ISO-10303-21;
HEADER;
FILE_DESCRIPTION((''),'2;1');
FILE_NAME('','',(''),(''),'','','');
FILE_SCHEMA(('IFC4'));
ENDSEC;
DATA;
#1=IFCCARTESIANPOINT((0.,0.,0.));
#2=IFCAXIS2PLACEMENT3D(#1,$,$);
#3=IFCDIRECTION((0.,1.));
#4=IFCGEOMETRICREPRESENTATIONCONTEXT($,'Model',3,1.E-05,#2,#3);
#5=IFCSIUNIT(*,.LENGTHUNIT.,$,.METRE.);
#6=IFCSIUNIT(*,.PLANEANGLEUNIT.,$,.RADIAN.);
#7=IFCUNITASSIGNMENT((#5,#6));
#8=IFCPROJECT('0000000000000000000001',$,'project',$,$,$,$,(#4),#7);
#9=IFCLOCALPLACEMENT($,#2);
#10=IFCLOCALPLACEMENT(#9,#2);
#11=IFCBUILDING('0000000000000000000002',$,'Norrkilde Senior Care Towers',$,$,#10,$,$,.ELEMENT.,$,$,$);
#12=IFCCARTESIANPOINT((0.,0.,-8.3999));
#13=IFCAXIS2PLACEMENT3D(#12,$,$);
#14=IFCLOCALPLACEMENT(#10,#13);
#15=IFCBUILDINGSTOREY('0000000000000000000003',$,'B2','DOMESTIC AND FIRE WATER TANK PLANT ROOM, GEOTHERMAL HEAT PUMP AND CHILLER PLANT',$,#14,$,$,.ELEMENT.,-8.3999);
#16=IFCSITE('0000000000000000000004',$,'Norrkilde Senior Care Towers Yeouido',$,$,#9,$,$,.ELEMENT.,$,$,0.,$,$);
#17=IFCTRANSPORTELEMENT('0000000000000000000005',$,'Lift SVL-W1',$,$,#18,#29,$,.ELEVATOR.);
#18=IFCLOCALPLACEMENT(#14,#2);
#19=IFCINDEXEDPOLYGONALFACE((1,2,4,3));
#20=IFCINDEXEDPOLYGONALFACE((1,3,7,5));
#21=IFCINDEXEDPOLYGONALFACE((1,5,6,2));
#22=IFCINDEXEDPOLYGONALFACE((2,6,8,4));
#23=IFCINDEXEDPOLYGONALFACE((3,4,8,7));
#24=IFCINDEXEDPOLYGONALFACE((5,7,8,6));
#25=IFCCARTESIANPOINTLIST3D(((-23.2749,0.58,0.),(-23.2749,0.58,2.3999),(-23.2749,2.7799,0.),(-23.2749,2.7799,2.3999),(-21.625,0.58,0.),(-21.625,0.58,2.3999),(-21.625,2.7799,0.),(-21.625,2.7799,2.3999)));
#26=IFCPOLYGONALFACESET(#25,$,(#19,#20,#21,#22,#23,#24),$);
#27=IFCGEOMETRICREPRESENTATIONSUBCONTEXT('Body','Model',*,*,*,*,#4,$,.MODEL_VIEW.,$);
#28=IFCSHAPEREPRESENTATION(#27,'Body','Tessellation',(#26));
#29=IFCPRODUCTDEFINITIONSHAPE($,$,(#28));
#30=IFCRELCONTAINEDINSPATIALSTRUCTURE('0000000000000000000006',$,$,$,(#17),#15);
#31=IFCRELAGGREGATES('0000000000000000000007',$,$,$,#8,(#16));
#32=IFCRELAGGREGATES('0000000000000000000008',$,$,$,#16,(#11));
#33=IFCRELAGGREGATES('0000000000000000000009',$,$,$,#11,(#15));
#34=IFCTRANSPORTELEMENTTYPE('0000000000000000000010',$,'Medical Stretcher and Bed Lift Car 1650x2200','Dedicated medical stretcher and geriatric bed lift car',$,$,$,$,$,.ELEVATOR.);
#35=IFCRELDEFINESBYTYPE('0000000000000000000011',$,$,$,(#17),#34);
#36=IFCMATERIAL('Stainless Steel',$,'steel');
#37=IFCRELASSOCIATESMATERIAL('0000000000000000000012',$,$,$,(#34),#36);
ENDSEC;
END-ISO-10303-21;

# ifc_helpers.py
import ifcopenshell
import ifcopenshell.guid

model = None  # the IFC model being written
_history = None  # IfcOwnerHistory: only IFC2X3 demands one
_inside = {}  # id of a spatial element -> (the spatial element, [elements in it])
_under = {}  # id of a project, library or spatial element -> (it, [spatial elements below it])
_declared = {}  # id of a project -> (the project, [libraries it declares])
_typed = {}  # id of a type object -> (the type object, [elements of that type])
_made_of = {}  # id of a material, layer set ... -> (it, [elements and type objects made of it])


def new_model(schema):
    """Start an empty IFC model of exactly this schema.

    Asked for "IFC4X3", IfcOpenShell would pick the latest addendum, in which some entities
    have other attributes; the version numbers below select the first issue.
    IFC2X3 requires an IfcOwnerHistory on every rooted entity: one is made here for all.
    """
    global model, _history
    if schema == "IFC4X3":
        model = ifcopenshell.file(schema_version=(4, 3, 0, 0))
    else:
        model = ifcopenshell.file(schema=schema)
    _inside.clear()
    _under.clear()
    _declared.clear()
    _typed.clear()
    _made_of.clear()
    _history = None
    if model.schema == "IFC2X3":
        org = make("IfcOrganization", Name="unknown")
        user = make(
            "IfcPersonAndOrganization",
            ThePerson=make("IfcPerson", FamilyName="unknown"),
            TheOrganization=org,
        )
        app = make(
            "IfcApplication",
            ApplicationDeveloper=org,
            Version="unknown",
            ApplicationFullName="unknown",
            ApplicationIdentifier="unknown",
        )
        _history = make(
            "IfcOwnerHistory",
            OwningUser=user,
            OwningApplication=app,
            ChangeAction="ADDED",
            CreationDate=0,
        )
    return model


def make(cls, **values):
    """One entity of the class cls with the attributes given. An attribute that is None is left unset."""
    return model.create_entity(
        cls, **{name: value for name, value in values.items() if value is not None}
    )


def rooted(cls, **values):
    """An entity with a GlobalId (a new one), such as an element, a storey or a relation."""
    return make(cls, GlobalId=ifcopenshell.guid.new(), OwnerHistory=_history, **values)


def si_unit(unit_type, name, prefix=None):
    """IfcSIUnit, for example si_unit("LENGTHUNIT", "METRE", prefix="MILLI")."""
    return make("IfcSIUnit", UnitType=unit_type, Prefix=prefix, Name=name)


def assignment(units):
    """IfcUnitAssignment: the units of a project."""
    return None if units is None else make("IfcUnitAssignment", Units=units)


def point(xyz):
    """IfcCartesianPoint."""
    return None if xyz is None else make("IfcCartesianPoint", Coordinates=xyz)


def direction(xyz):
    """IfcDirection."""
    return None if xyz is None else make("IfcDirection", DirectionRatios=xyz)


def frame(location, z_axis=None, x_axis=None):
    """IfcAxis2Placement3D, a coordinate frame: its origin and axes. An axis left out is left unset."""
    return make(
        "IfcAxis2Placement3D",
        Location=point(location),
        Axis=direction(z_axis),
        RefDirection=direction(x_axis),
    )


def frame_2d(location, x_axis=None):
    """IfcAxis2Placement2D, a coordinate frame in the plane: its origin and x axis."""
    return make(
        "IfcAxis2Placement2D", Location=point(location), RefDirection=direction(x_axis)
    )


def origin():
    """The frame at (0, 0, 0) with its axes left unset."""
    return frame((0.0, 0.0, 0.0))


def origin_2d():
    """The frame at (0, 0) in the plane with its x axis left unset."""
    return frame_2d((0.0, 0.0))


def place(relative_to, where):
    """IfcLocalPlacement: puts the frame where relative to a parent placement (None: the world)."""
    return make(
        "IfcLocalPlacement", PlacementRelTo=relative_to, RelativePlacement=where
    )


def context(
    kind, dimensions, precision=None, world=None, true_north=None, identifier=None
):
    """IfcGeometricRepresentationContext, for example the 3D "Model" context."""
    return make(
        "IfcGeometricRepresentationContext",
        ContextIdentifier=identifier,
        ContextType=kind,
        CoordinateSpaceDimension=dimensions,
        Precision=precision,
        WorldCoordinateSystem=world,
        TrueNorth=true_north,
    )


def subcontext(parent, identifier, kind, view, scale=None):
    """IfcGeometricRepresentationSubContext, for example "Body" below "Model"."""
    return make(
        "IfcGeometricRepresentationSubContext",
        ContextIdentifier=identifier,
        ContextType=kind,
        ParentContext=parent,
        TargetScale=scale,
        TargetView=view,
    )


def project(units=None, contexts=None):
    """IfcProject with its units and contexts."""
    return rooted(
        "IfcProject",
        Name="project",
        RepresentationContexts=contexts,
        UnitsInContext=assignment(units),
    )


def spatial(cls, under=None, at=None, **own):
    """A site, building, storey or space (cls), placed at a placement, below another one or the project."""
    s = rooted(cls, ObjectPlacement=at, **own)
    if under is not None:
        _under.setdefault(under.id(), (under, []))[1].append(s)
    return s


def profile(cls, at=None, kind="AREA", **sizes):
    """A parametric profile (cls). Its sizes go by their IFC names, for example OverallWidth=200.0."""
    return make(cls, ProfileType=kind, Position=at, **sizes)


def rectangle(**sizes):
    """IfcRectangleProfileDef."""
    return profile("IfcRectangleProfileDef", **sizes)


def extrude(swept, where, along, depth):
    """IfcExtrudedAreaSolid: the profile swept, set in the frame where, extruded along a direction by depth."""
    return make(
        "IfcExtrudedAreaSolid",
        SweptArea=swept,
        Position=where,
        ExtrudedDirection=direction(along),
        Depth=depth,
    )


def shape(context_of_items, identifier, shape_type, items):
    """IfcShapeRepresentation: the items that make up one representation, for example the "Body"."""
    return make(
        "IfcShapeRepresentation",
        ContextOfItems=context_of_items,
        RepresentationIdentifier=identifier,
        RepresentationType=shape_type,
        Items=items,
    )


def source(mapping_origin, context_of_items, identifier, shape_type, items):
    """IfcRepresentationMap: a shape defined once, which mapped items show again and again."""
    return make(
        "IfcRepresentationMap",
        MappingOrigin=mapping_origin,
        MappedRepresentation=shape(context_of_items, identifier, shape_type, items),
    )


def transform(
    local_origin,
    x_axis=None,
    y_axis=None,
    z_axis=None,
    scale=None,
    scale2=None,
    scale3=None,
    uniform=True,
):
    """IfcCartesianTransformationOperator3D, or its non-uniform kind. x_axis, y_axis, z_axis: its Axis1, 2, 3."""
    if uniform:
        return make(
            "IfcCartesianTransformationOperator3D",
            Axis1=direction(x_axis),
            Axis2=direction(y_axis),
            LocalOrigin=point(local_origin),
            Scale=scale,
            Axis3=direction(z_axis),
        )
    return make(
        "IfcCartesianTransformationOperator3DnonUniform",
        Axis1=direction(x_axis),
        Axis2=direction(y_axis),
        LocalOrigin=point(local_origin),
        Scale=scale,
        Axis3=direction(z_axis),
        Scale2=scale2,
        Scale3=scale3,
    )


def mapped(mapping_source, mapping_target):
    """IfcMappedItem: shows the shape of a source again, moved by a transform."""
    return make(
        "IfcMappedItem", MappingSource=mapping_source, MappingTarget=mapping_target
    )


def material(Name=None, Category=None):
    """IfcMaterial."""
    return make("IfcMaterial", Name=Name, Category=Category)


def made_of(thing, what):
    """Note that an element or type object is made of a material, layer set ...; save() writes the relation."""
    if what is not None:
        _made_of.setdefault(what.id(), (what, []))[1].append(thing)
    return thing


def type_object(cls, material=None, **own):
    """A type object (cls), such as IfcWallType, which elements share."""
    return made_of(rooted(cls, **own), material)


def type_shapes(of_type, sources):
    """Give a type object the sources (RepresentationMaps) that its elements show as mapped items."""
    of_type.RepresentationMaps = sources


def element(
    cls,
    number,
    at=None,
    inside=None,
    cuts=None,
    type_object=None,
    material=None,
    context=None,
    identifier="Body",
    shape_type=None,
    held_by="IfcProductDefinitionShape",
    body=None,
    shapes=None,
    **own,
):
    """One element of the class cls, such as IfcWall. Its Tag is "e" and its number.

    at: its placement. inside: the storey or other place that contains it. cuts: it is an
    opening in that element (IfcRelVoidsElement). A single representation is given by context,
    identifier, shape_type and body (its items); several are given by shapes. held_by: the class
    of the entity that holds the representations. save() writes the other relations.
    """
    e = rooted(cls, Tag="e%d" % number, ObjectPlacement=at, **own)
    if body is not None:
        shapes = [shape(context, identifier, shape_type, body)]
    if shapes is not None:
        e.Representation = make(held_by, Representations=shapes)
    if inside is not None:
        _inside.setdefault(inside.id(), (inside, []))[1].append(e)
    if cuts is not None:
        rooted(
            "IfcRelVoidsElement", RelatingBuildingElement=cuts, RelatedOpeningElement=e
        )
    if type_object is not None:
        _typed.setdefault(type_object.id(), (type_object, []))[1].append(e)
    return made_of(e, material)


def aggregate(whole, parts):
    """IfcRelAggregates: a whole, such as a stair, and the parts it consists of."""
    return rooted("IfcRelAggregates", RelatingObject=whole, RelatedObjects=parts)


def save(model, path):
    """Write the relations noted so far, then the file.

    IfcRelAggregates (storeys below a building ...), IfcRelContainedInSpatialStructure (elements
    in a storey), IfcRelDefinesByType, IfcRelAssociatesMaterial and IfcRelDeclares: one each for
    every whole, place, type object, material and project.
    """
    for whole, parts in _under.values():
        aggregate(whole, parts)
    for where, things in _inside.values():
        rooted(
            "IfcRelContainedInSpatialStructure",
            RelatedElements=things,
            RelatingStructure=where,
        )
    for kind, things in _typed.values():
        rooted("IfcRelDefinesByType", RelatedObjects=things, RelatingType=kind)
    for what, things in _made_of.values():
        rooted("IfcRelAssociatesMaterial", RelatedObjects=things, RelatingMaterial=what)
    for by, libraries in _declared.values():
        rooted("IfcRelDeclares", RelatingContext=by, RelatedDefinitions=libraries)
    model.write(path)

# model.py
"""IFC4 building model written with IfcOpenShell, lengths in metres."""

from ifc_helpers import new_model, si_unit, direction, frame, origin, origin_2d, place, context, subcontext, project, spatial, rectangle, extrude, source, transform, mapped, material, type_object, type_shapes, element, save


model = new_model("IFC4")

# Units and contexts
model_context = context("Model", 3, precision=1e-05, world=origin(), true_north=direction((0.0, 1.0)))
body_context = subcontext(model_context, "Body", "Model", "MODEL_VIEW")
ifc_project = project(units=[si_unit("LENGTHUNIT", "METRE"), si_unit("PLANEANGLEUNIT", "RADIAN")], contexts=[model_context])

# Site, building, storey
site_placement = place(None, origin())
site = spatial("IfcSite", under=ifc_project, at=site_placement, Name="Norrkilde Senior Care Towers Yeouido", CompositionType="ELEMENT", RefElevation=0.0)
building_placement = place(site_placement, origin())
building = spatial("IfcBuilding", under=site, at=building_placement, Name="Norrkilde Senior Care Towers", CompositionType="ELEMENT")
storey_placement = place(building_placement, frame((0.0, 0.0, -8.3999)))
storey = spatial("IfcBuildingStorey", under=building, at=storey_placement, Name="B2", Description="DOMESTIC AND FIRE WATER TANK PLANT ROOM, GEOTHERMAL HEAT PUMP AND CHILLER PLANT", CompositionType="ELEMENT", Elevation=-8.3999)

# Shared definitions
ifc_material_1 = material(Name="Stainless Steel", Category="steel")

# Transport element
transport_element_type_1 = type_object("IfcTransportElementType", Name="Medical Stretcher and Bed Lift Car 1650x2200", Description="Dedicated medical stretcher and geriatric bed lift car", PredefinedType="ELEVATOR", material=ifc_material_1)
shared_shape_1 = source(origin(), body_context, "Body", "SweptSolid", [
    extrude(rectangle(XDim=1.6499, YDim=2.2, at=origin_2d()), origin(), (0.0, 0.0, 1.0), 2.3999),
])
type_shapes(transport_element_type_1, [shared_shape_1])
transport_element_1_placement = place(storey_placement, frame((-22.45, 1.6799, 0.0), z_axis=(0.0, 0.0, 1.0), x_axis=(1.0, 0.0, 0.0)))
element("IfcTransportElement", 1, at=transport_element_1_placement, inside=storey, type_object=transport_element_type_1, Name="Lift SVL-W1", PredefinedType="ELEVATOR", context=body_context, shape_type="MappedRepresentation", body=[
    mapped(shared_shape_1, transform((0.0, 0.0, 0.0), x_axis=(1.0, 0.0, 0.0), y_axis=(0.0, 1.0, 0.0), z_axis=(0.0, 0.0, 1.0), scale=1.0)),
])

save(model, "model.ifc")
